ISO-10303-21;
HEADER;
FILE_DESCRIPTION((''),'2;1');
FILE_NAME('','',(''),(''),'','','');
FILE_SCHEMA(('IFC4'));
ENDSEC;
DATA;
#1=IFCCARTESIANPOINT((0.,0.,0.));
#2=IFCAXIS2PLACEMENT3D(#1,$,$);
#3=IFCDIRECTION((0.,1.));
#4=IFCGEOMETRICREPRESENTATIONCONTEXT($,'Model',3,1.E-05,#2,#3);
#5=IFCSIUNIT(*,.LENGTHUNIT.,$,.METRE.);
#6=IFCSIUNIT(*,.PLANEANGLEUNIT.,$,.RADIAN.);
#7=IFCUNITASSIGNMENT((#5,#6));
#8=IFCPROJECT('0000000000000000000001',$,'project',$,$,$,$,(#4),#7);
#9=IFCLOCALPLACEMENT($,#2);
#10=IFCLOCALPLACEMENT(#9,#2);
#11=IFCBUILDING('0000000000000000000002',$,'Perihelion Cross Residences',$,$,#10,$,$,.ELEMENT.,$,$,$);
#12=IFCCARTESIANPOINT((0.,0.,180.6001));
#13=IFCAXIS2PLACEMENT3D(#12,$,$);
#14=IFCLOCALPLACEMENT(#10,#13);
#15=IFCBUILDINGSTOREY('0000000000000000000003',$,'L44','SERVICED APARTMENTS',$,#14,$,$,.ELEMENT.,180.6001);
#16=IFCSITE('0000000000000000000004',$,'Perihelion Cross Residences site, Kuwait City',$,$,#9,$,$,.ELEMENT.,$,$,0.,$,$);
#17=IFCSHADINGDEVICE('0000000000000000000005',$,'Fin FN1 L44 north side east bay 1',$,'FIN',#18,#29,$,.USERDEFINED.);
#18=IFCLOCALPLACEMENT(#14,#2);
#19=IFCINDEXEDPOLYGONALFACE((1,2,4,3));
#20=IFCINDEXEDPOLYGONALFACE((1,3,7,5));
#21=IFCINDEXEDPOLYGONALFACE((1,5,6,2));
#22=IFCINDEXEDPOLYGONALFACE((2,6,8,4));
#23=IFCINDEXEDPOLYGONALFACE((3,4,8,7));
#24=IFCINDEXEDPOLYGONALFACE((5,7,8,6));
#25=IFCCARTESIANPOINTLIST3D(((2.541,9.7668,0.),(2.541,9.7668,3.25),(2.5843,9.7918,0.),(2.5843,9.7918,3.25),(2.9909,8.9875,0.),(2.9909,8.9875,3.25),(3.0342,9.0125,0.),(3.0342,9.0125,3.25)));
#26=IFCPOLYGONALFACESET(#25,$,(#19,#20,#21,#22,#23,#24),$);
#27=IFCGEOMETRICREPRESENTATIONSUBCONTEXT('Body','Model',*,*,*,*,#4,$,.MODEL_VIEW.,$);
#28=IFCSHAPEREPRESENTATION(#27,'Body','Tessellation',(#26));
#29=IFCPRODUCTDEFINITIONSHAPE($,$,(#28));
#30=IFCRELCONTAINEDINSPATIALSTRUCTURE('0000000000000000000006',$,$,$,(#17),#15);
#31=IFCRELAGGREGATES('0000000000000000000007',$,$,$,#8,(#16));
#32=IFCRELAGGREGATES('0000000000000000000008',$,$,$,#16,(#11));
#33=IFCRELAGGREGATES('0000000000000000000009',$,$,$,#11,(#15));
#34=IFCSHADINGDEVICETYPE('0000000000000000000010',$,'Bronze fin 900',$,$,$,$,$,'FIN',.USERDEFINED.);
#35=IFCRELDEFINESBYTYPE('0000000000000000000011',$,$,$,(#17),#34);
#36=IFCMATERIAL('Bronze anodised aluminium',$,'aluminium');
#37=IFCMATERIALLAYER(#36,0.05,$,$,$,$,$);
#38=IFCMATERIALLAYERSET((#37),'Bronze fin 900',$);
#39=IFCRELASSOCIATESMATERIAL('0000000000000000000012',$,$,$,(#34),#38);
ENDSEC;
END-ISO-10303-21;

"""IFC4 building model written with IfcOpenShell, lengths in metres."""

from ifc_helpers import new_model, si_unit, direction, frame, origin, origin_2d, place, context, subcontext, project, spatial, rectangle, extrude, material, layer, layer_set, type_object, element, save


model = new_model("IFC4")

# Units and contexts
model_context = context("Model", 3, precision=1e-05, world=origin(), true_north=direction((0.0, 1.0)))
body_context = subcontext(model_context, "Body", "Model", "MODEL_VIEW")
ifc_project = project(units=[si_unit("LENGTHUNIT", "METRE"), si_unit("PLANEANGLEUNIT", "RADIAN")], contexts=[model_context])

# Site, building, storey
site_placement = place(None, origin())
site = spatial("IfcSite", under=ifc_project, at=site_placement, Name="Perihelion Cross Residences site, Kuwait City", CompositionType="ELEMENT", RefElevation=0.0)
building_placement = place(site_placement, origin())
building = spatial("IfcBuilding", under=site, at=building_placement, Name="Perihelion Cross Residences", CompositionType="ELEMENT")
storey_placement = place(building_placement, frame((0.0, 0.0, 180.6001)))
storey = spatial("IfcBuildingStorey", under=building, at=storey_placement, Name="L44", Description="SERVICED APARTMENTS", CompositionType="ELEMENT", Elevation=180.6001)

# Shading device
ifc_material_1 = material(Name="Bronze anodised aluminium", Category="aluminium")
ifc_layer_1 = layer(ifc_material_1, 0.05)
ifc_layer_set_1 = layer_set([ifc_layer_1], Name="Bronze fin 900")
shading_device_type = type_object("IfcShadingDeviceType", Name="Bronze fin 900", ElementType="FIN", PredefinedType="USERDEFINED", material=ifc_layer_set_1)
shading_device_placement = place(storey_placement, frame((2.7876, 9.3896, 0.0), z_axis=(0.0, 0.0, 1.0), x_axis=(-0.5, 0.866025, 0.0)))
element("IfcShadingDevice", 1, at=shading_device_placement, inside=storey, type_object=shading_device_type, Name="Fin FN1 L44 north side east bay 1", ObjectType="FIN", PredefinedType="USERDEFINED", context=body_context, shape_type="SweptSolid", body=[
    extrude(rectangle(XDim=0.8999, YDim=0.05, at=origin_2d()), origin(), (0.0, 0.0, 1.0), 3.25),
])

save(model, "model.ifc")
